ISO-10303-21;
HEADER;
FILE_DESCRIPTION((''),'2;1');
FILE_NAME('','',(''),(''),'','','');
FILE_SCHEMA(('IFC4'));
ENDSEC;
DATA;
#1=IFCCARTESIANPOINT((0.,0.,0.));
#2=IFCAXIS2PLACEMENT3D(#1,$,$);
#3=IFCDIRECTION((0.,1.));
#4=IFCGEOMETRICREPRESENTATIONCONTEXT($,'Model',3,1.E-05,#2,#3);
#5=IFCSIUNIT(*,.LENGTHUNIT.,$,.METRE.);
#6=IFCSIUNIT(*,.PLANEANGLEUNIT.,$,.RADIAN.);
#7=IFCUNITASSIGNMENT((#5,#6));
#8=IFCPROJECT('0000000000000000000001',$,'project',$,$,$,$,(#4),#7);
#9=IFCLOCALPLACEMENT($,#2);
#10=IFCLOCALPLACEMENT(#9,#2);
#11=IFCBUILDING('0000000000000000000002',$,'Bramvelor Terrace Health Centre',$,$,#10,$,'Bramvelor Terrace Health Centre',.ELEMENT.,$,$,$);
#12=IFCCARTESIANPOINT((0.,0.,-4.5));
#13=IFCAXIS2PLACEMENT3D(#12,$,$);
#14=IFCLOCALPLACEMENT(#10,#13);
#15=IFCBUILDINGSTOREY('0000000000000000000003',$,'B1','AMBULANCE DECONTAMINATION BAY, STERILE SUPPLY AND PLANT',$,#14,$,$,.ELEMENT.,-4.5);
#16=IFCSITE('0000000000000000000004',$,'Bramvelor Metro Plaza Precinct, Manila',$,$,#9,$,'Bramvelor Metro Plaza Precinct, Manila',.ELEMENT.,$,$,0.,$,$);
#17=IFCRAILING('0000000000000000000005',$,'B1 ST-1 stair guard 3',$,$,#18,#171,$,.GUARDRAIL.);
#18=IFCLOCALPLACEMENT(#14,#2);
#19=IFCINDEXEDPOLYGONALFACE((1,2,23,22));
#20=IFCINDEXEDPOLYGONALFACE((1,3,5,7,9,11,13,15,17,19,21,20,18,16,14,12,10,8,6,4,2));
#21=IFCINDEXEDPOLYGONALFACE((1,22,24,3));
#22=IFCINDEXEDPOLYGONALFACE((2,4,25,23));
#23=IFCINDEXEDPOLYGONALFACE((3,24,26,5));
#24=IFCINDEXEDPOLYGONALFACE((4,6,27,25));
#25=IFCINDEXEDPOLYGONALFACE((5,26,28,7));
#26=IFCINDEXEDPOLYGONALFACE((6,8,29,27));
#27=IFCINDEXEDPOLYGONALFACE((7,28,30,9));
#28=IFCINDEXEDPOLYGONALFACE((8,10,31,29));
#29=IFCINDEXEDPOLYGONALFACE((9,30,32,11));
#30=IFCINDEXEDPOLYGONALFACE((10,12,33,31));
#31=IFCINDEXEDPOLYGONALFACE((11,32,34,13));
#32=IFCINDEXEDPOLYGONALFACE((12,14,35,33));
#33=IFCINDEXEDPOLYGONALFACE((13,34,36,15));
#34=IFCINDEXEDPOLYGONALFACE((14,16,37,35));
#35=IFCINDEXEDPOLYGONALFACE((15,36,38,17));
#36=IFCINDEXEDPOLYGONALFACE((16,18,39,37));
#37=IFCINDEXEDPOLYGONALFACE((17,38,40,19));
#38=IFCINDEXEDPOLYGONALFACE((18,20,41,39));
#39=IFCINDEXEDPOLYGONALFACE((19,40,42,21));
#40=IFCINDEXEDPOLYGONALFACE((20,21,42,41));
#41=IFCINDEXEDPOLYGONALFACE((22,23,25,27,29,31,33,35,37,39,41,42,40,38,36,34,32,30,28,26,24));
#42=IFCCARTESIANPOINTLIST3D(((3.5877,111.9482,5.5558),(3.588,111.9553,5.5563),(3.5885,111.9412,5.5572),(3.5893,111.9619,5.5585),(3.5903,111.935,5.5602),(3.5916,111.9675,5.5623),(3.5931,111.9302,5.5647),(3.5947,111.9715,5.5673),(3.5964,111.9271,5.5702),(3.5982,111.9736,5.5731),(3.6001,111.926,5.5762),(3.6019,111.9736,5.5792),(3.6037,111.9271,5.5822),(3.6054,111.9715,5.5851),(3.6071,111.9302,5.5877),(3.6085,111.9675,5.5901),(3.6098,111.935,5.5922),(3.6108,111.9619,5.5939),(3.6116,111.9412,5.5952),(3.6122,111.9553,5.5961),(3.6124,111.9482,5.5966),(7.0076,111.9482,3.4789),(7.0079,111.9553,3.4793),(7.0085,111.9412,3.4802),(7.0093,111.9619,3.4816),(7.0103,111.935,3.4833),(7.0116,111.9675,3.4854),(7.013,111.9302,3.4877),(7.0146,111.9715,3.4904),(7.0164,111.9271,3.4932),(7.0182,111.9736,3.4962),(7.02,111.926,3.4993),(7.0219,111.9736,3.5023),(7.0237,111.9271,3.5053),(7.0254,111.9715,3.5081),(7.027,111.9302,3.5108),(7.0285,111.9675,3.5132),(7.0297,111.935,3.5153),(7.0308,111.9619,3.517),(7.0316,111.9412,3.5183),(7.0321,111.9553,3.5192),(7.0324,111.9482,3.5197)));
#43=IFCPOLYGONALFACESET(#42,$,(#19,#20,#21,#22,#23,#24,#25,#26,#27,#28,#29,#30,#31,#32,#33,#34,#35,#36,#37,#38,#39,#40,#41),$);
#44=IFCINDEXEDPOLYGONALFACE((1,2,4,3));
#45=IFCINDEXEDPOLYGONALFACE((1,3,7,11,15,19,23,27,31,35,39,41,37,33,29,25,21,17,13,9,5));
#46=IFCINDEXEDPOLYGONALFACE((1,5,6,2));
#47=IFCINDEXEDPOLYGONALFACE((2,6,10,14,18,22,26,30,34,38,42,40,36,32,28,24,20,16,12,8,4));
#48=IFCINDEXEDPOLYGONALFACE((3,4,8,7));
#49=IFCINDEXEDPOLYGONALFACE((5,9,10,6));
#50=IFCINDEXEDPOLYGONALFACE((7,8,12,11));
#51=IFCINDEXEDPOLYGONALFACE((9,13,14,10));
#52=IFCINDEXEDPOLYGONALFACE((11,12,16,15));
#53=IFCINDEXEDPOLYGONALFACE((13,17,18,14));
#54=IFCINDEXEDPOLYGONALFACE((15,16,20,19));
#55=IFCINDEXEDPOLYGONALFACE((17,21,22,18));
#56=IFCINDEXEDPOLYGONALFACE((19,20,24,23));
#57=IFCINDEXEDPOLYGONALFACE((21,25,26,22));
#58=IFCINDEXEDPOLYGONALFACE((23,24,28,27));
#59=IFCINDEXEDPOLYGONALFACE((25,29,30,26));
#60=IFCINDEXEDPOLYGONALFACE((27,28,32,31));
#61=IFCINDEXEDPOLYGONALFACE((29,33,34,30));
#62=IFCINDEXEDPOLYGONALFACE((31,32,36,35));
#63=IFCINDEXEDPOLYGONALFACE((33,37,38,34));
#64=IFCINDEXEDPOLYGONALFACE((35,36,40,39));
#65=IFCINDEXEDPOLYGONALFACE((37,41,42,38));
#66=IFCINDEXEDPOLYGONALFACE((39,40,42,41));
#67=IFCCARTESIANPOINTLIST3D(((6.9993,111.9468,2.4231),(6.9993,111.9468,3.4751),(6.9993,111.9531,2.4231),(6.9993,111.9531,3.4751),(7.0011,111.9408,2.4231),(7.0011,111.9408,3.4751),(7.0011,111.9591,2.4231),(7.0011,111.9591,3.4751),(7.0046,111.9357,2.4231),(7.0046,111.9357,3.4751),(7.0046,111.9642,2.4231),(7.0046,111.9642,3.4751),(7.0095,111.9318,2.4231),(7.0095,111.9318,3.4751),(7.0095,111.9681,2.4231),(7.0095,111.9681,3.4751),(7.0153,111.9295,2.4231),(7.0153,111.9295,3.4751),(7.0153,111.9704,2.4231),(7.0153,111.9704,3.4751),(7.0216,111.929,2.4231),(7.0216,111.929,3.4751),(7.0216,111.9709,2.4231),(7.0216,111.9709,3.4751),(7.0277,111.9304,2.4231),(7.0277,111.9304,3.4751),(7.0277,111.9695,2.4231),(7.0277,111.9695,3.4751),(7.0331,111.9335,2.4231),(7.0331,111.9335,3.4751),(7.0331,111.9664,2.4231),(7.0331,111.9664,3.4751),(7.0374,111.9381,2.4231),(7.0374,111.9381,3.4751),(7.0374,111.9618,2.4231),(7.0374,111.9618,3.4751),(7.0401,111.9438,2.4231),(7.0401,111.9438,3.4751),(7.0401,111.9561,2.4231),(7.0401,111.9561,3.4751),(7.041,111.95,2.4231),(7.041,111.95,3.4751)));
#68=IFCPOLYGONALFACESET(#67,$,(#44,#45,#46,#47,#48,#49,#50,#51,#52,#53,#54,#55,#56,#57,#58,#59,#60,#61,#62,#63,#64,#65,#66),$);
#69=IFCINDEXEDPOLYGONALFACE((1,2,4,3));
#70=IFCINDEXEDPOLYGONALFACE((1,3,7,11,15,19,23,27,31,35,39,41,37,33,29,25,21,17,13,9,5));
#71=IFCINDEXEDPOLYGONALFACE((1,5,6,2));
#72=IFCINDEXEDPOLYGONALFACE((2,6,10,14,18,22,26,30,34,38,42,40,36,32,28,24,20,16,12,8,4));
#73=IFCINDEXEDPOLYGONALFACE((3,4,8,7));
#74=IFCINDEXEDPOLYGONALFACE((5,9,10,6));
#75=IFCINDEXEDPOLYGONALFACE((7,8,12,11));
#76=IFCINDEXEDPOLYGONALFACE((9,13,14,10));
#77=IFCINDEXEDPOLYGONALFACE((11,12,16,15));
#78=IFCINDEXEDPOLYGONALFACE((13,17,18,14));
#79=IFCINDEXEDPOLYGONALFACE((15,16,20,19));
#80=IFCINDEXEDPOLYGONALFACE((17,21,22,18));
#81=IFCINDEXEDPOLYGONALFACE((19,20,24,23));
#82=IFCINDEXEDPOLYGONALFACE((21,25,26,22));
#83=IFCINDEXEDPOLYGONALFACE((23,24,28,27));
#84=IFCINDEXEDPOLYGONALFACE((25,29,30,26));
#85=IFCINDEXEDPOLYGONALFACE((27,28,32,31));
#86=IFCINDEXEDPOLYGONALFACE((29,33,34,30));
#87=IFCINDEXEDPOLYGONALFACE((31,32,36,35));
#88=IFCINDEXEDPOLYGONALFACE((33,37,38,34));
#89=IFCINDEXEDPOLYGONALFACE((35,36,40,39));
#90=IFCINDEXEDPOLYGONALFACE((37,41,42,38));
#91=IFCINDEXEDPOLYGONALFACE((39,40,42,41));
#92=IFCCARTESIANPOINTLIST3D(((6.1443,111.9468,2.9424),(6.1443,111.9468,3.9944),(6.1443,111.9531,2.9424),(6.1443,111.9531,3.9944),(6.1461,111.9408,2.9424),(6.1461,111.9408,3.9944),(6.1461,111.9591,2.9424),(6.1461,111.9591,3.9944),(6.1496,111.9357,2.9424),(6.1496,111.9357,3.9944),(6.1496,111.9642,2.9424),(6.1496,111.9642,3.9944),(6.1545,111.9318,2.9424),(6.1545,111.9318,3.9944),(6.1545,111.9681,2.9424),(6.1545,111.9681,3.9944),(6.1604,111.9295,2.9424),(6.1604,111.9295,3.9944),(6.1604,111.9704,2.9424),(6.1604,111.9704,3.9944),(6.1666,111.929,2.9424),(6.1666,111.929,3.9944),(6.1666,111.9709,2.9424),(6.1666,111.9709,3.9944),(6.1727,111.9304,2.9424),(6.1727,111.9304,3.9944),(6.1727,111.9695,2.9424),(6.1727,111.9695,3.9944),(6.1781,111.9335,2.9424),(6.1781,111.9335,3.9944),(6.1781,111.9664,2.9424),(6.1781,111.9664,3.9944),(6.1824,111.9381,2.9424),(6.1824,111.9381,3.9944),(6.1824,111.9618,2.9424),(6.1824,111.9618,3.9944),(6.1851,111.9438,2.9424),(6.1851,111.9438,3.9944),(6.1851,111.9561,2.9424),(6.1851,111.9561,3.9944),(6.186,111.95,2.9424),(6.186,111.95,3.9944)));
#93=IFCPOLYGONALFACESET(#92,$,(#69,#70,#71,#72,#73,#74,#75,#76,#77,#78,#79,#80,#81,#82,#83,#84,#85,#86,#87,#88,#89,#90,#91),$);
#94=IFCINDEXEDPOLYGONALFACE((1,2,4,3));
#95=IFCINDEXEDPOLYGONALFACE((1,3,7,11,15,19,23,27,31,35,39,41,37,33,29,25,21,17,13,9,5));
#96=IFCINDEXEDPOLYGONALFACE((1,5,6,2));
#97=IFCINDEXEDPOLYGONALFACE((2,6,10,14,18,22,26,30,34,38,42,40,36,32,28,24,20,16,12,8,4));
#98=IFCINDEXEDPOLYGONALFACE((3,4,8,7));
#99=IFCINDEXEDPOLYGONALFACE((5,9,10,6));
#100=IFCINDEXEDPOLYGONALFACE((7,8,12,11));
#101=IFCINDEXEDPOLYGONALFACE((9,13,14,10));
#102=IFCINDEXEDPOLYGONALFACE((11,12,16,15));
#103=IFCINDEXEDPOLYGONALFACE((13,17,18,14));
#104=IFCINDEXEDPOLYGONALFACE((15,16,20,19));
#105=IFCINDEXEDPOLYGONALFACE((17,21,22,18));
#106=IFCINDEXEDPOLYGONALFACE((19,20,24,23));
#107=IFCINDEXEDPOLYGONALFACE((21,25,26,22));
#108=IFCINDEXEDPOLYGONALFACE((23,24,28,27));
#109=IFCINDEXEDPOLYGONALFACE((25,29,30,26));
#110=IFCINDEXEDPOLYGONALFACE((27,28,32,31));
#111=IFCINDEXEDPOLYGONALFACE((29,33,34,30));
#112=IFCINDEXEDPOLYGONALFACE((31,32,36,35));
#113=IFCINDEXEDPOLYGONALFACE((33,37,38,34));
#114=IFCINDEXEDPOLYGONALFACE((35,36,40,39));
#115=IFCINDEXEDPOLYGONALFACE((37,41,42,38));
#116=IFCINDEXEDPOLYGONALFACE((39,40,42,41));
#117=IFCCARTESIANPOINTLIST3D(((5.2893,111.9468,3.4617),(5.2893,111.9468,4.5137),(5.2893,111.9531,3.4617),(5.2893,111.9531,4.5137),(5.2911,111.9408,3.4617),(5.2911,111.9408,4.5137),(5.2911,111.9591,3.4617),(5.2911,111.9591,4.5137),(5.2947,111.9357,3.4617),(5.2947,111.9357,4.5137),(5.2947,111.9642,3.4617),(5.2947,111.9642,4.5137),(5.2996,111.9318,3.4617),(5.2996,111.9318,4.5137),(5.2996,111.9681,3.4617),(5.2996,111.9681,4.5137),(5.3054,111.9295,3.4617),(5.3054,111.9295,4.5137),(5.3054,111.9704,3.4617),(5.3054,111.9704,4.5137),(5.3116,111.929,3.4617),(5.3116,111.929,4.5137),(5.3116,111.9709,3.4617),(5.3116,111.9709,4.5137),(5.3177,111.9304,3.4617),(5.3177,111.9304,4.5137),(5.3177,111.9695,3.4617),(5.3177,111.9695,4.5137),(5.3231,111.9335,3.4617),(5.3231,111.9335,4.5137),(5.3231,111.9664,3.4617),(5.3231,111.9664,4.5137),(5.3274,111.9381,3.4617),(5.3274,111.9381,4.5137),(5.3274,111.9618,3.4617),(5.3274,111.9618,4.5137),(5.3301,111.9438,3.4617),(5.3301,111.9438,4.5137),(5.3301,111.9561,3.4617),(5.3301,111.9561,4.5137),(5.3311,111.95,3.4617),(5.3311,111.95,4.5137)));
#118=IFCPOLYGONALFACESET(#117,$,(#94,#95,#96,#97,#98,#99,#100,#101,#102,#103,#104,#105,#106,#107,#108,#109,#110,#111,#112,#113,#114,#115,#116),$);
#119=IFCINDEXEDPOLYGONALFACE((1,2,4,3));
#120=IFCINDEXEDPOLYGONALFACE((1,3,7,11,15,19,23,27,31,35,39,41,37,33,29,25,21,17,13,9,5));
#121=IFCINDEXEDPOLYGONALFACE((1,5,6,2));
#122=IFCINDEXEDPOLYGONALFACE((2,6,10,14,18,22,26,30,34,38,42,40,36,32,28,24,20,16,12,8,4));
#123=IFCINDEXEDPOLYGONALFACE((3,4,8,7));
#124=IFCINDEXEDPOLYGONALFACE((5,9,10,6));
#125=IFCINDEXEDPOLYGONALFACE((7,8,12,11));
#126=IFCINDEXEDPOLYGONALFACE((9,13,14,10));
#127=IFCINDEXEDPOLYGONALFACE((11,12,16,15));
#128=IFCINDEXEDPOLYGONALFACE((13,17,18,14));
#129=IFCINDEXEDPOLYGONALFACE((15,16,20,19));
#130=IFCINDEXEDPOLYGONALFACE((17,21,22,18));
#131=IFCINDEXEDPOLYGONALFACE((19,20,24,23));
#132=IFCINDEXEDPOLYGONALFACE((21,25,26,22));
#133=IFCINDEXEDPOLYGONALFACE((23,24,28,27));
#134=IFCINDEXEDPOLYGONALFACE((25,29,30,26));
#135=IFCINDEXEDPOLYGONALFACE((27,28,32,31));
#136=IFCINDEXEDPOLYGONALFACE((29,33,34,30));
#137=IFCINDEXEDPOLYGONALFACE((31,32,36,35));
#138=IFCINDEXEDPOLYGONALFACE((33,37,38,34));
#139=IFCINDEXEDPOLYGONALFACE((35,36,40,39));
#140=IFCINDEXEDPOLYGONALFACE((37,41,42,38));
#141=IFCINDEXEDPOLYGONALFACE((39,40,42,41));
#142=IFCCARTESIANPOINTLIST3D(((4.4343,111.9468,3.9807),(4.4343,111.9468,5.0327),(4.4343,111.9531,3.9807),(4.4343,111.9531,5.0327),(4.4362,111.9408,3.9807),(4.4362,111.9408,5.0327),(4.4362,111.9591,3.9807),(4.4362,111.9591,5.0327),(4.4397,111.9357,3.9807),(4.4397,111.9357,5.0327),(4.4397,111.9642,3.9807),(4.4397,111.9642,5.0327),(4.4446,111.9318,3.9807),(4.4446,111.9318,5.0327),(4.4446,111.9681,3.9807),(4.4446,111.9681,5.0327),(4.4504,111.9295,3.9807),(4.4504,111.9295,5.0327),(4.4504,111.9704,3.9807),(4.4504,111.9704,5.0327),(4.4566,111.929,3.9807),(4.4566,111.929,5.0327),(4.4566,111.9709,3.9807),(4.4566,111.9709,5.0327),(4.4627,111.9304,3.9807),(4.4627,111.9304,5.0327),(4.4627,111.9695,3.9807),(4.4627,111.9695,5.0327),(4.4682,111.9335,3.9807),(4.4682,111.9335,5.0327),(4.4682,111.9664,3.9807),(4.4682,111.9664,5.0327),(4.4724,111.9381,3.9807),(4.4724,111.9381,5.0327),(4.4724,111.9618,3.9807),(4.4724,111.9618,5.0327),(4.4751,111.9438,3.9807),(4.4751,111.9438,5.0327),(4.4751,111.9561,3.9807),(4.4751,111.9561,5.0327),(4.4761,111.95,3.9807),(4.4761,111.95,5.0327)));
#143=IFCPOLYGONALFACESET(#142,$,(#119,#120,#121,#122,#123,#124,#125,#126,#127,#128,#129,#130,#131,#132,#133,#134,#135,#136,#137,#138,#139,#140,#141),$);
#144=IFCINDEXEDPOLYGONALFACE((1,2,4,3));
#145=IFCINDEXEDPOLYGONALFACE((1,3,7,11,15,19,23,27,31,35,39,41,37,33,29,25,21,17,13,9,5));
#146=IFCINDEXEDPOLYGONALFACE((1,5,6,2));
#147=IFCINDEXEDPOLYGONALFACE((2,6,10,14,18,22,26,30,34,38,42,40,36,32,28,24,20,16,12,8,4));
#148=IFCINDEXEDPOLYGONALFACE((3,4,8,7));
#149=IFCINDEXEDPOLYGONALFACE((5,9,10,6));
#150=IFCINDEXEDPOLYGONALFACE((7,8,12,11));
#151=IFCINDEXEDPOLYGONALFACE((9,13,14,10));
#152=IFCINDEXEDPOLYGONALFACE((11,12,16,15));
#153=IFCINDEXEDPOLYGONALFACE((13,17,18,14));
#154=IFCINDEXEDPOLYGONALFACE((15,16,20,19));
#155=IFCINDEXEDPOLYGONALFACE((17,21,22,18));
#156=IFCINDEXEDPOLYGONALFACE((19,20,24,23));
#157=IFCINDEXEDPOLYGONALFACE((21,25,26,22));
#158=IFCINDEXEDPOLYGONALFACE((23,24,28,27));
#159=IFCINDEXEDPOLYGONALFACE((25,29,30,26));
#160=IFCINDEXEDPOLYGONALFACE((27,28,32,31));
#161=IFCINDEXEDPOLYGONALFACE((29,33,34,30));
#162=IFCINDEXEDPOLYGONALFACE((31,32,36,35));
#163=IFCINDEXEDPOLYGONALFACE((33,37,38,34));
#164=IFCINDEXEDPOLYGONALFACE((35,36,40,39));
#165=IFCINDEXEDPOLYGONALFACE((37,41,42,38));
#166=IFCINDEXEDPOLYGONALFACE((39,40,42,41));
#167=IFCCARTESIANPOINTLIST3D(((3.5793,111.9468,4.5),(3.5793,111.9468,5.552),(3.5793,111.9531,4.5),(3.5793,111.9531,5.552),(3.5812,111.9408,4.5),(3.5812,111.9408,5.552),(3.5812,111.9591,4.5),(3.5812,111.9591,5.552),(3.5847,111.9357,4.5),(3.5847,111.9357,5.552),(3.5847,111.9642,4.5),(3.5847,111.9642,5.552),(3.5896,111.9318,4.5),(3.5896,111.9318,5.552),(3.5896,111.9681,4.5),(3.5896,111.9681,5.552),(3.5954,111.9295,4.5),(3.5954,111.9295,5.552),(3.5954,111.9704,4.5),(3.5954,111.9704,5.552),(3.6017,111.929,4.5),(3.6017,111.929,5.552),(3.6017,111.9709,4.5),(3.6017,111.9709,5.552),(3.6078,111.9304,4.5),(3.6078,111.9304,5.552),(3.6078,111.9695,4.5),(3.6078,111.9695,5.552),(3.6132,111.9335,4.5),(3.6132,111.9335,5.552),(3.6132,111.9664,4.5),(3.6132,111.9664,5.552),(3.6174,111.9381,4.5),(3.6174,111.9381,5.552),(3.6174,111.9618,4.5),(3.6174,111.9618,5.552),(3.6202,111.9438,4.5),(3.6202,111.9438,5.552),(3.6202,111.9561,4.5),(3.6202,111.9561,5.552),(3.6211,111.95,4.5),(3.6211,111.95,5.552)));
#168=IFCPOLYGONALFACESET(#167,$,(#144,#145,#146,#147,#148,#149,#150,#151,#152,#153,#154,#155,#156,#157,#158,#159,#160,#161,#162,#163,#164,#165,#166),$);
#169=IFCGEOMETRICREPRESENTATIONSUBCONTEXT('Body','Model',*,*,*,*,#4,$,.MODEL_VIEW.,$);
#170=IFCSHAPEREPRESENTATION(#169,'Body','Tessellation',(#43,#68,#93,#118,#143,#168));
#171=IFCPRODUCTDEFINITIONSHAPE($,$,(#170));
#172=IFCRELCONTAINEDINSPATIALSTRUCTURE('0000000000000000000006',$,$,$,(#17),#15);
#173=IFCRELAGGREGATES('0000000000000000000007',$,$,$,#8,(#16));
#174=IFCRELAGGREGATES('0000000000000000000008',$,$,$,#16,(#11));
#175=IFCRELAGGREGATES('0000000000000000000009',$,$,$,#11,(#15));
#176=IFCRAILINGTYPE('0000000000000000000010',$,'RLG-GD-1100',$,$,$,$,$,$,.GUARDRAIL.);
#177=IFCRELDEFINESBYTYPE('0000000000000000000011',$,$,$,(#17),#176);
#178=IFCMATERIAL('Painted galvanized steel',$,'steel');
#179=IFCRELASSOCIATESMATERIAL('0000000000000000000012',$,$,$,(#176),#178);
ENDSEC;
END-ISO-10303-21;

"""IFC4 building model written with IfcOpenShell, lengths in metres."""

from ifc_helpers import new_model, si_unit, direction, frame, origin, origin_2d, place, context, subcontext, project, spatial, circle, extrude, material, type_object, element, save


model = new_model("IFC4")

# Units and contexts
model_context = context("Model", 3, precision=1e-05, world=origin(), true_north=direction((0.0, 1.0)))
body_context = subcontext(model_context, "Body", "Model", "MODEL_VIEW")
ifc_project = project(units=[si_unit("LENGTHUNIT", "METRE"), si_unit("PLANEANGLEUNIT", "RADIAN")], contexts=[model_context])

# Site, building, storey
site_placement = place(None, origin())
site = spatial("IfcSite", under=ifc_project, at=site_placement, Name="Bramvelor Metro Plaza Precinct, Manila", LongName="Bramvelor Metro Plaza Precinct, Manila", CompositionType="ELEMENT", RefElevation=0.0)
building_placement = place(site_placement, origin())
building = spatial("IfcBuilding", under=site, at=building_placement, Name="Bramvelor Terrace Health Centre", LongName="Bramvelor Terrace Health Centre", CompositionType="ELEMENT")
storey_placement = place(building_placement, frame((0.0, 0.0, -4.5)))
storey = spatial("IfcBuildingStorey", under=building, at=storey_placement, Name="B1", Description="AMBULANCE DECONTAMINATION BAY, STERILE SUPPLY AND PLANT", CompositionType="ELEMENT", Elevation=-4.5)

# Railing
ifc_material_1 = material(Name="Painted galvanized steel", Category="steel")
railing_type_1 = type_object("IfcRailingType", Name="RLG-GD-1100", PredefinedType="GUARDRAIL", material=ifc_material_1)
railing_1_placement = place(storey_placement, frame((7.02, 111.95, 2.4231)))
element("IfcRailing", 1, at=railing_1_placement, inside=storey, type_object=railing_type_1, Name="B1 ST-1 stair guard 3", PredefinedType="GUARDRAIL", context=body_context, shape_type="SweptSolid", body=[
    extrude(circle(Radius=0.0239, at=origin_2d()), frame((0.0, 0.0, 1.0762), z_axis=(-0.85473, 0.0, 0.519074), x_axis=(0.0, -1.0, 0.0)), (0.0, 0.0, 1.0), 4.0012),
    extrude(circle(Radius=0.021, at=origin_2d()), origin(), (0.0, 0.0, 1.0), 1.052),
    extrude(circle(Radius=0.021, at=origin_2d()), frame((-0.855, 0.0, 0.5193)), (0.0, 0.0, 1.0), 1.052),
    extrude(circle(Radius=0.021, at=origin_2d()), frame((-1.71, 0.0, 1.0386)), (0.0, 0.0, 1.0), 1.052),
    extrude(circle(Radius=0.021, at=origin_2d()), frame((-2.5649, 0.0, 1.5576)), (0.0, 0.0, 1.0), 1.052),
    extrude(circle(Radius=0.021, at=origin_2d()), frame((-3.4199, 0.0, 2.0769)), (0.0, 0.0, 1.0), 1.052),
])

save(model, "model.ifc")
